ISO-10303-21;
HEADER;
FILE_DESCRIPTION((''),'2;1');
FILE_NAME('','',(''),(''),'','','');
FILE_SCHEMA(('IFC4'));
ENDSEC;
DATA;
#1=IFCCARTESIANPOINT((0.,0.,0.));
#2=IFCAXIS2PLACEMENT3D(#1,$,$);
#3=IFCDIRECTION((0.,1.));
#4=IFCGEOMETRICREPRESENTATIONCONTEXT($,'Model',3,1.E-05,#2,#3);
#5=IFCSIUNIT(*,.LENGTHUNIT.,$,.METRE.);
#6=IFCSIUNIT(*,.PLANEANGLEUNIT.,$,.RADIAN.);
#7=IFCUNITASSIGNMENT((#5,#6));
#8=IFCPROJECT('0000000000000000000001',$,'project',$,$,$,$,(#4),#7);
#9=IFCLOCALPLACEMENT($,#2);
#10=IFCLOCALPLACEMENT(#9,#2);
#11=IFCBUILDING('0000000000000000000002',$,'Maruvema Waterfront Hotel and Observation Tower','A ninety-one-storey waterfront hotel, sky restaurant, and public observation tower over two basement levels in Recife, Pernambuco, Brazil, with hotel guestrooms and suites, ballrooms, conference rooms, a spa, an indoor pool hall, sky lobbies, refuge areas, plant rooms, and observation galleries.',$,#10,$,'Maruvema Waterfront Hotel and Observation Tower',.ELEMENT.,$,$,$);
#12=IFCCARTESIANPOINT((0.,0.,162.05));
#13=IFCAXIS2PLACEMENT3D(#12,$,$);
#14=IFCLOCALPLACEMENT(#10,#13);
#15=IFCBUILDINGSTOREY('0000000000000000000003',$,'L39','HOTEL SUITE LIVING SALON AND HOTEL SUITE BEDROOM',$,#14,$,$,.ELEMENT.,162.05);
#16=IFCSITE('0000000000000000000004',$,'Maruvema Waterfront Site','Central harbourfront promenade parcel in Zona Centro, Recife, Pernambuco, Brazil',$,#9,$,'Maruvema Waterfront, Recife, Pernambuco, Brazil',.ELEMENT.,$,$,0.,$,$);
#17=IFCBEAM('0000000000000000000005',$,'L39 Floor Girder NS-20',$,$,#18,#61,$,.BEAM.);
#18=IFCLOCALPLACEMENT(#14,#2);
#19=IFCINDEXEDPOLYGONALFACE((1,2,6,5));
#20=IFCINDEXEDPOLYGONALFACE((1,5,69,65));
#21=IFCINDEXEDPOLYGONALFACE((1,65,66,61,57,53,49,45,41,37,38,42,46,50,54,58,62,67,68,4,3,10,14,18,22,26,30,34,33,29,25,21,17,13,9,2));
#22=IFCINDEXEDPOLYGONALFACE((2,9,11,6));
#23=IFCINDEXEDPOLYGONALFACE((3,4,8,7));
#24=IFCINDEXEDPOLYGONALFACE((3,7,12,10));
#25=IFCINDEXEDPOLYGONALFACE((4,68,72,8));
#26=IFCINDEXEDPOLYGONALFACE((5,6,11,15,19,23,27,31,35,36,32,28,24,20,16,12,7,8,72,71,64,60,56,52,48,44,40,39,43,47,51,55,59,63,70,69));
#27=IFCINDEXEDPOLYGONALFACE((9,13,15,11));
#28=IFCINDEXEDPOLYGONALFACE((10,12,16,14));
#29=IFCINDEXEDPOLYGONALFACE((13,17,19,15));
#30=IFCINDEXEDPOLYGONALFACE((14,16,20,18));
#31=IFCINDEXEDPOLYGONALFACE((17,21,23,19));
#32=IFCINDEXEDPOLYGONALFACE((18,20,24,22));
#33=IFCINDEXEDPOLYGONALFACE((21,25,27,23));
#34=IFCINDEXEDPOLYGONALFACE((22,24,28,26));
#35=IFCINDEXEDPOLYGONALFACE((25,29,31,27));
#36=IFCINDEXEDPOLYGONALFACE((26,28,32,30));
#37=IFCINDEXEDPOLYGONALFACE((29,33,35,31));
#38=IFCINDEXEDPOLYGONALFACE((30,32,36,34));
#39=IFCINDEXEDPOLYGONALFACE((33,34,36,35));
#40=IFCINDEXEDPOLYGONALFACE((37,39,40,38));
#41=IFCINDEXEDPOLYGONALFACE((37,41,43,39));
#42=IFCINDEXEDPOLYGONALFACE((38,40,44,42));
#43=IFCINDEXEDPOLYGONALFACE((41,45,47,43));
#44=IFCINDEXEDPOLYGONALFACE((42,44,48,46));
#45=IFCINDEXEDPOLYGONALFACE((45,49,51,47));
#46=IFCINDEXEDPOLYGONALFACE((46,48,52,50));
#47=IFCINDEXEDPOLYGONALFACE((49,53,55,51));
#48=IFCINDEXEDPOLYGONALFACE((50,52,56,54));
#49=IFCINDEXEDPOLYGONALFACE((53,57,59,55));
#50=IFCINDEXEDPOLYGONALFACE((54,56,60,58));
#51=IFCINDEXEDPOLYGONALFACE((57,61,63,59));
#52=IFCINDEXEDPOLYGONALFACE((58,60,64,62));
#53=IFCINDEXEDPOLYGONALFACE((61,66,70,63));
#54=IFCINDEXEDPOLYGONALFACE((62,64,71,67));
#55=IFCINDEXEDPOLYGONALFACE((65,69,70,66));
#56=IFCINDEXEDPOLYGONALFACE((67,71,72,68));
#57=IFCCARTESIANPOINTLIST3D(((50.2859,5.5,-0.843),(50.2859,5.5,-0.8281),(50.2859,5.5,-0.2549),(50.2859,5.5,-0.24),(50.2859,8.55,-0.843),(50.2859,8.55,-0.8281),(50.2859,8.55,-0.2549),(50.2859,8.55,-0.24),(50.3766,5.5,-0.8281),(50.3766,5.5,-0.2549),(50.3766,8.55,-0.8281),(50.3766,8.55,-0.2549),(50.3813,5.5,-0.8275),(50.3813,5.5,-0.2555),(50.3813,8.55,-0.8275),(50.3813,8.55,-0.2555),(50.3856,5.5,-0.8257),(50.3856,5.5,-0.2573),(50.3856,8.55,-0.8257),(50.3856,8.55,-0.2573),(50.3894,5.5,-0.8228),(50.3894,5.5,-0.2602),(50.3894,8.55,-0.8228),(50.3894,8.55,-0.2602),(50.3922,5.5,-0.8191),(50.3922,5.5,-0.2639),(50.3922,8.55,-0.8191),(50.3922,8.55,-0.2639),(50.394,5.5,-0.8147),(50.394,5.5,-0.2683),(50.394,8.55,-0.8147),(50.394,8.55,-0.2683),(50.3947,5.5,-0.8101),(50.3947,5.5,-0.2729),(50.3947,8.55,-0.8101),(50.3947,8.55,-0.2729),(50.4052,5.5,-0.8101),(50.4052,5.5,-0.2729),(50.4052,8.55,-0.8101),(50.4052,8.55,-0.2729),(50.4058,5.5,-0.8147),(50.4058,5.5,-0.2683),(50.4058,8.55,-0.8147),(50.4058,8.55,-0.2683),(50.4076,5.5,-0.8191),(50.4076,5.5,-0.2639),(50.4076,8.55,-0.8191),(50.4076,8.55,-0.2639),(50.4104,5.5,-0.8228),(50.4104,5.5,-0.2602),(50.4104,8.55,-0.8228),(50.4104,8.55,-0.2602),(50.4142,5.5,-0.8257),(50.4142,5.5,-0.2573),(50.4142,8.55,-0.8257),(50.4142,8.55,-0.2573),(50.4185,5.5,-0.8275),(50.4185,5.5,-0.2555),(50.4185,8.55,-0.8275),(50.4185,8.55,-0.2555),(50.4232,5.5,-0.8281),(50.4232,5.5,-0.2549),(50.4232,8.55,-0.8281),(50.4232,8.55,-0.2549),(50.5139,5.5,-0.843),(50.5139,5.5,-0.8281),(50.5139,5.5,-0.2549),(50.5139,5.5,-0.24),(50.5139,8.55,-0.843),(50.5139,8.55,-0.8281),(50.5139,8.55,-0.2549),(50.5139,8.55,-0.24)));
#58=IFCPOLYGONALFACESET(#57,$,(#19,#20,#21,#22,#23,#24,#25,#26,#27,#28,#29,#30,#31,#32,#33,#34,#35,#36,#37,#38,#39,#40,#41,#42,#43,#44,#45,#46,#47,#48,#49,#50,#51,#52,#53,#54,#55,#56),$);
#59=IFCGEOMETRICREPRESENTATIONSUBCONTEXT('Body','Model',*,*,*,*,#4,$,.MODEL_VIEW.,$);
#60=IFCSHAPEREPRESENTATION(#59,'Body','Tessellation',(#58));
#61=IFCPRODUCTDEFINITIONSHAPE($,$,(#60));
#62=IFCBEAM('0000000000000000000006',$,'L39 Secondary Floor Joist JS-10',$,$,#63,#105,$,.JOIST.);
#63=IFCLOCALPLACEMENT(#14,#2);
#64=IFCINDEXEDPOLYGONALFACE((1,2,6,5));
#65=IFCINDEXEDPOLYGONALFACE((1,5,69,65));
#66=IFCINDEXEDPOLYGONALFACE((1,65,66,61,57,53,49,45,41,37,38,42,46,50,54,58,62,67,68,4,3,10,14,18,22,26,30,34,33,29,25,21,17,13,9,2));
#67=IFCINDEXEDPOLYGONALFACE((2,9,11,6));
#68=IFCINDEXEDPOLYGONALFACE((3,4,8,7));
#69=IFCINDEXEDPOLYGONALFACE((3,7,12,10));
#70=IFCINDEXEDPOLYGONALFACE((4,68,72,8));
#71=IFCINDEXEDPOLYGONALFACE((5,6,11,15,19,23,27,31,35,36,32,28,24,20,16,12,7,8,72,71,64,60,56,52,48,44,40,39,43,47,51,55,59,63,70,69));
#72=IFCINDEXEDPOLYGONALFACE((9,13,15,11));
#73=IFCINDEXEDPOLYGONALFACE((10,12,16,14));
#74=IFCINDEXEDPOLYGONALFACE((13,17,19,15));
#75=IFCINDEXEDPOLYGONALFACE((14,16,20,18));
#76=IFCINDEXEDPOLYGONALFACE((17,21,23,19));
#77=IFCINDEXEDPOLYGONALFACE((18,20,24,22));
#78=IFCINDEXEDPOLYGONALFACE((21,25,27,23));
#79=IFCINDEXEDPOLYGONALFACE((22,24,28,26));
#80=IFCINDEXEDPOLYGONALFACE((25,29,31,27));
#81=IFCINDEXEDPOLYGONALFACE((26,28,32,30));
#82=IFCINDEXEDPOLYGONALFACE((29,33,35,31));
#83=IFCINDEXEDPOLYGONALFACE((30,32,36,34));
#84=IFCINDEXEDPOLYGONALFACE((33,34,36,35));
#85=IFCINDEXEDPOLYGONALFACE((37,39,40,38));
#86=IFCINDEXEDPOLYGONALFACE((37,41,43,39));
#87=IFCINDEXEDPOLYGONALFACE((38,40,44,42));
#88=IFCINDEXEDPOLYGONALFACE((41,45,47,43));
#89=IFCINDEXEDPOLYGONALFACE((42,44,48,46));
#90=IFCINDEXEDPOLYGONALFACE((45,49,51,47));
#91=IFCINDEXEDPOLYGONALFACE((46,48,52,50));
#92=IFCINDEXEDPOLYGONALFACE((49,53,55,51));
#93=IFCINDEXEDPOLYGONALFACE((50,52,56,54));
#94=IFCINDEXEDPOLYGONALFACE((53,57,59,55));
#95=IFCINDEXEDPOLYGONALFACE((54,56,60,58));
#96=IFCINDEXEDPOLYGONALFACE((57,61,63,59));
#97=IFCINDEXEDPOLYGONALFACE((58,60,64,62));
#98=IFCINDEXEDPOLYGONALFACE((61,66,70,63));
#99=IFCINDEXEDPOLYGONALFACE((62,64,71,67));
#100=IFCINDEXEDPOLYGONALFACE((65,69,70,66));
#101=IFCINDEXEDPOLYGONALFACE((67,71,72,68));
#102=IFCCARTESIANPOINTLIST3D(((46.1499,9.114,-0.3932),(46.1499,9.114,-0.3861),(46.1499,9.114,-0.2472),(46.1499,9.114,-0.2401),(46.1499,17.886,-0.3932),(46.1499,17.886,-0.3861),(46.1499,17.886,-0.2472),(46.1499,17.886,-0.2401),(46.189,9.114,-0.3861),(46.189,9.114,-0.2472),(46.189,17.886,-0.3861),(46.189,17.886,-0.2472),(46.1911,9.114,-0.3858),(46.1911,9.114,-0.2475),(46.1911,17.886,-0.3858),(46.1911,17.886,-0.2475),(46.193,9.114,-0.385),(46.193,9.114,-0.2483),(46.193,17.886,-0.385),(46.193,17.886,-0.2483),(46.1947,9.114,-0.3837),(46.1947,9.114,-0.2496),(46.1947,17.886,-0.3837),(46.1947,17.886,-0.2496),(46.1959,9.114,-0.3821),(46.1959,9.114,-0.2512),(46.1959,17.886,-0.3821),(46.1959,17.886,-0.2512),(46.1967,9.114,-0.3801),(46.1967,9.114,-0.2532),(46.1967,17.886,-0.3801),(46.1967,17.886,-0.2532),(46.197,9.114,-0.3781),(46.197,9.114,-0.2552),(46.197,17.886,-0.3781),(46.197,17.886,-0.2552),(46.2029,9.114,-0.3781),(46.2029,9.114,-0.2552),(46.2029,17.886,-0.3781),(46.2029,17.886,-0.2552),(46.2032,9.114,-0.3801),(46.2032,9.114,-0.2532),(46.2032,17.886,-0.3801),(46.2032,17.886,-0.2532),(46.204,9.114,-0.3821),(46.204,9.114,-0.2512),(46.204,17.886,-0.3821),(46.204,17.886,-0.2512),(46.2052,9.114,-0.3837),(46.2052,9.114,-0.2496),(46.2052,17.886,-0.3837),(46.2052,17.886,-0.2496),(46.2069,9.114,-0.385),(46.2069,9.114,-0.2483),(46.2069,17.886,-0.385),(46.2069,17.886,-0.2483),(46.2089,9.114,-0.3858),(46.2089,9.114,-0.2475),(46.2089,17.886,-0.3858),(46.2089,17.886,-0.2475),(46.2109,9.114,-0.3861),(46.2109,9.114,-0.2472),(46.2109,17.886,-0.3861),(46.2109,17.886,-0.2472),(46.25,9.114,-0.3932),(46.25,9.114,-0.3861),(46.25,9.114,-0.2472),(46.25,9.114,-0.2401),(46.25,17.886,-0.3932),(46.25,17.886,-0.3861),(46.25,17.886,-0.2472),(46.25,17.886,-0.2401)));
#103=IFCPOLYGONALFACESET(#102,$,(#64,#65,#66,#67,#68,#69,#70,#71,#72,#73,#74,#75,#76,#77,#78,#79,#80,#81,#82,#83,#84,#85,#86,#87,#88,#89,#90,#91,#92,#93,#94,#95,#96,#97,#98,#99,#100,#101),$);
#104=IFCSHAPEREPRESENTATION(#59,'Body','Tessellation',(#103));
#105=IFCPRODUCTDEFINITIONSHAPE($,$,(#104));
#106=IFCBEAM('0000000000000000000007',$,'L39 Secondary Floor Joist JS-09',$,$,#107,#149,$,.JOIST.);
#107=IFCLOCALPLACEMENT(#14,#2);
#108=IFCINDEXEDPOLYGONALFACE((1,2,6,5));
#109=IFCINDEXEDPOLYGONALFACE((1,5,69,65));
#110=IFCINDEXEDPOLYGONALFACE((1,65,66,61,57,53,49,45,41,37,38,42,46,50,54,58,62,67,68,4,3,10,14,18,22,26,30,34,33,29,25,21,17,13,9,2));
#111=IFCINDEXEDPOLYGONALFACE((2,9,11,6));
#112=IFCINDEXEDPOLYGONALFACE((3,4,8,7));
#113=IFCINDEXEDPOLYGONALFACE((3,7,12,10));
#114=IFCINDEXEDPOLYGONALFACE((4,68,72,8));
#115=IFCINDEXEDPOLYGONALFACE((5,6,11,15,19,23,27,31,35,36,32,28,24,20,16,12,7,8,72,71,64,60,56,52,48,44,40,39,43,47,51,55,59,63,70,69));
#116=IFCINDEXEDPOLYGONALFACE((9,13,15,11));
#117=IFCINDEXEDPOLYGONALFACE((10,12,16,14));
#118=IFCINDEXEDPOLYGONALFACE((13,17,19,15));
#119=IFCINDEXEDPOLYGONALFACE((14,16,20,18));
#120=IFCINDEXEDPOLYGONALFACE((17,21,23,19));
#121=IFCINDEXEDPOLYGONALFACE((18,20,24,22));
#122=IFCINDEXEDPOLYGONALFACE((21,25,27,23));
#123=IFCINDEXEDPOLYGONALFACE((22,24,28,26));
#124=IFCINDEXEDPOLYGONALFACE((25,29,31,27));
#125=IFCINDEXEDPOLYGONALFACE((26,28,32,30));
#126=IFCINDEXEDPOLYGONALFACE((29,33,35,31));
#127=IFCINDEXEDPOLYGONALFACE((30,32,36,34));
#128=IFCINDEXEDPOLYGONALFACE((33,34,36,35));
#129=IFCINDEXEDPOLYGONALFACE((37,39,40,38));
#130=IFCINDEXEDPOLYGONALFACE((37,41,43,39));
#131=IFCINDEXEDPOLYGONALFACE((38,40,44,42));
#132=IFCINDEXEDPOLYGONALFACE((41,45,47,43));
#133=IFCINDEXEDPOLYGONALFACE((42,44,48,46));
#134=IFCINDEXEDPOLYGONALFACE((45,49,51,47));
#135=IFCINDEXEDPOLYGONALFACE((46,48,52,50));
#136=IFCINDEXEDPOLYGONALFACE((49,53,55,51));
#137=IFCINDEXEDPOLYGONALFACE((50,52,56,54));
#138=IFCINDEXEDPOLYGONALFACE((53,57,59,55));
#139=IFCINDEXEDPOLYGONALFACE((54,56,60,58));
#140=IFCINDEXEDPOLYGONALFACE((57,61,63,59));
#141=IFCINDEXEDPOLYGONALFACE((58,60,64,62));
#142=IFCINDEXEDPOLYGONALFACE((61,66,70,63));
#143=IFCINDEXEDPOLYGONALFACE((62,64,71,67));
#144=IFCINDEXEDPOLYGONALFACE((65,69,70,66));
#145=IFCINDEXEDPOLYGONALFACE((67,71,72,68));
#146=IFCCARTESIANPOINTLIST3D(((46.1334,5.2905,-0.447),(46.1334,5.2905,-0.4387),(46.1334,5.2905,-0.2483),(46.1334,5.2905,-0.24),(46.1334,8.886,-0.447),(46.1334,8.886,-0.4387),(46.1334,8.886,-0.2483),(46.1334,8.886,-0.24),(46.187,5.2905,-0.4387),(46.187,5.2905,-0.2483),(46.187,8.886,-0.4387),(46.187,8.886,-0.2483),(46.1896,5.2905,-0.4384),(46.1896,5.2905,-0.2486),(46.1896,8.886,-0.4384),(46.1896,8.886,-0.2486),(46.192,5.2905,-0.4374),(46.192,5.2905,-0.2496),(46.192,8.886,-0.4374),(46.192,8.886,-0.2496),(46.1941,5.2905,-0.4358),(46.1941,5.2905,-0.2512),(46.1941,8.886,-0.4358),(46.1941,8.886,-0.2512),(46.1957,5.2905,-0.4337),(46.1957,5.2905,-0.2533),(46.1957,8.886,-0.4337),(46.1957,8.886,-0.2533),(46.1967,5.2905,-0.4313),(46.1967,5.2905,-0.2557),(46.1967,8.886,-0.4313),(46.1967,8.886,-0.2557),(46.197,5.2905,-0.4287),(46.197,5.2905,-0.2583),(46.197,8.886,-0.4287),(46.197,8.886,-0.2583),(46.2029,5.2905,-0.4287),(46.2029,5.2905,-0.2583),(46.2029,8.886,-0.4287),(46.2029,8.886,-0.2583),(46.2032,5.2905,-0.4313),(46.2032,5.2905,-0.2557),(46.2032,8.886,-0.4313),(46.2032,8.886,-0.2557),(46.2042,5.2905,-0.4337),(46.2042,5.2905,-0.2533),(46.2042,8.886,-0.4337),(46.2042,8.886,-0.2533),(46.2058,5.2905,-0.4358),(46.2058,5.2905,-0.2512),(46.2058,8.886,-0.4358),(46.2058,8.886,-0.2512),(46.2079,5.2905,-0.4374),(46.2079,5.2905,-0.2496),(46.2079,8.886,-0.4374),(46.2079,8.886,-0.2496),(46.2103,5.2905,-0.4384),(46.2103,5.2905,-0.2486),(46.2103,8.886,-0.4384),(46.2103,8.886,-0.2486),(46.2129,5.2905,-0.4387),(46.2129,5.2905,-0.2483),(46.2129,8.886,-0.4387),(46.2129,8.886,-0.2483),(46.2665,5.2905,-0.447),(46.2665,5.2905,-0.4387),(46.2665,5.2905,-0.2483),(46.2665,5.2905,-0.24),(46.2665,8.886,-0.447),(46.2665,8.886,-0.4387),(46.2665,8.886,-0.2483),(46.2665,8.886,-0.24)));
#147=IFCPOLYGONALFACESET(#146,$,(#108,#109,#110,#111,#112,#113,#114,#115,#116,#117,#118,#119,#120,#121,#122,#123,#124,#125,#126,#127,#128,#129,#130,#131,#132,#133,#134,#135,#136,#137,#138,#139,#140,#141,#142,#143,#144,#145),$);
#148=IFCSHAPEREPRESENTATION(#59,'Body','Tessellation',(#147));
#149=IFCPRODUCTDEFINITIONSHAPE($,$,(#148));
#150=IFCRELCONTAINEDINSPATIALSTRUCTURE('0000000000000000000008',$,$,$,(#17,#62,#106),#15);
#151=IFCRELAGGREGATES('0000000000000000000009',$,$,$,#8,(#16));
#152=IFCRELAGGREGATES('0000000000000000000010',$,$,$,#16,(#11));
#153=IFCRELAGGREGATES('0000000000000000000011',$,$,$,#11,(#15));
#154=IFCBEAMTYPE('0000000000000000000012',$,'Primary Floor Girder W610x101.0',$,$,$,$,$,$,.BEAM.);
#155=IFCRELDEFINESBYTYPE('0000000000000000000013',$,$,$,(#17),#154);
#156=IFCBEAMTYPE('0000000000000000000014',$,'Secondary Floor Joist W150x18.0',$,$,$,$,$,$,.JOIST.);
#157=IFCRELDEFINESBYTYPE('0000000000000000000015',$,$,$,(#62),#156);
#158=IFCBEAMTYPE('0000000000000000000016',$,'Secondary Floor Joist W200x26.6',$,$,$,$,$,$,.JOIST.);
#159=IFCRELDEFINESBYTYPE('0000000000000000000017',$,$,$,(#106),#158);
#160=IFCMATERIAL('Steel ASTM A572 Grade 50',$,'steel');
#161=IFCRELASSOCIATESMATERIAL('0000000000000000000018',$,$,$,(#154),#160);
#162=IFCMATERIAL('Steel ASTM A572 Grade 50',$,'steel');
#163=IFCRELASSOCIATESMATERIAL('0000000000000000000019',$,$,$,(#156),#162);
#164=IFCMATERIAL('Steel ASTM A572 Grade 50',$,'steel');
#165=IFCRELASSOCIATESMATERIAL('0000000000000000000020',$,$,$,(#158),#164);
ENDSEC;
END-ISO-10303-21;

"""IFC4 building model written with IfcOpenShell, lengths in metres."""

from ifc_helpers import new_model, si_unit, direction, frame, origin, origin_2d, place, context, subcontext, project, spatial, i_section, extrude, material, material_profile, profile_set, type_object, element, save


model = new_model("IFC4")

# Units and contexts
model_context = context("Model", 3, precision=1e-05, world=origin(), true_north=direction((0.0, 1.0)))
body_context = subcontext(model_context, "Body", "Model", "MODEL_VIEW")
ifc_project = project(units=[si_unit("LENGTHUNIT", "METRE"), si_unit("PLANEANGLEUNIT", "RADIAN")], contexts=[model_context])

# Site, building, storey
site_placement = place(None, origin())
site = spatial("IfcSite", under=ifc_project, at=site_placement, Name="Maruvema Waterfront Site", Description="Central harbourfront promenade parcel in Zona Centro, Recife, Pernambuco, Brazil", LongName="Maruvema Waterfront, Recife, Pernambuco, Brazil", CompositionType="ELEMENT", RefElevation=0.0)
building_placement = place(site_placement, origin())
building = spatial("IfcBuilding", under=site, at=building_placement, Name="Maruvema Waterfront Hotel and Observation Tower", Description="A ninety-one-storey waterfront hotel, sky restaurant, and public observation tower over two basement levels in Recife, Pernambuco, Brazil, with hotel guestrooms and suites, ballrooms, conference rooms, a spa, an indoor pool hall, sky lobbies, refuge areas, plant rooms, and observation galleries.", LongName="Maruvema Waterfront Hotel and Observation Tower", CompositionType="ELEMENT")
storey_placement = place(building_placement, frame((0.0, 0.0, 162.05)))
storey = spatial("IfcBuildingStorey", under=building, at=storey_placement, Name="L39", Description="HOTEL SUITE LIVING SALON AND HOTEL SUITE BEDROOM", CompositionType="ELEMENT", Elevation=162.05)

# Beams
ifc_material_1 = material(Name="Steel ASTM A572 Grade 50", Category="steel")
ifc_material_profile_1 = material_profile(ifc_material_1, i_section(OverallWidth=0.228, OverallDepth=0.603, WebThickness=0.0105, FlangeThickness=0.0149, FilletRadius=0.0181, at=origin_2d()), Name="W610x101.0")
ifc_profile_set_1 = profile_set([ifc_material_profile_1], Name="Steel ASTM A572 Grade 50")
beam_type_1 = type_object("IfcBeamType", Name="Primary Floor Girder W610x101.0", PredefinedType="BEAM", material=ifc_profile_set_1)
beam_1_placement = place(storey_placement, frame((50.3999, 5.5, -0.5415), z_axis=(0.0, 1.0, 0.0), x_axis=(-1.0, 0.0, 0.0)))
element("IfcBeam", 1, at=beam_1_placement, inside=storey, type_object=beam_type_1, Name="L39 Floor Girder NS-20", PredefinedType="BEAM", context=body_context, shape_type="SweptSolid", body=[
    extrude(i_section(OverallWidth=0.228, OverallDepth=0.603, WebThickness=0.0105, FlangeThickness=0.0149, FilletRadius=0.0181, at=origin_2d()), origin(), (0.0, 0.0, 1.0), 3.05),
])
ifc_material_2 = material(Name="Steel ASTM A572 Grade 50", Category="steel")
ifc_material_profile_2 = material_profile(ifc_material_2, i_section(OverallWidth=0.1001, OverallDepth=0.1531, WebThickness=0.0059, FlangeThickness=0.0071, FilletRadius=0.0081, at=origin_2d()), Name="W150x18.0")
ifc_profile_set_2 = profile_set([ifc_material_profile_2], Name="Steel ASTM A572 Grade 50")
beam_type_2 = type_object("IfcBeamType", Name="Secondary Floor Joist W150x18.0", PredefinedType="JOIST", material=ifc_profile_set_2)
beam_2_placement = place(storey_placement, frame((46.2, 9.114, -0.3167), z_axis=(0.0, 1.0, 0.0), x_axis=(-1.0, 0.0, 0.0)))
element("IfcBeam", 2, at=beam_2_placement, inside=storey, type_object=beam_type_2, Name="L39 Secondary Floor Joist JS-10", PredefinedType="JOIST", context=body_context, shape_type="SweptSolid", body=[
    extrude(i_section(OverallWidth=0.1001, OverallDepth=0.1531, WebThickness=0.0059, FlangeThickness=0.0071, FilletRadius=0.0081, at=origin_2d()), origin(), (0.0, 0.0, 1.0), 8.772),
])
ifc_material_3 = material(Name="Steel ASTM A572 Grade 50", Category="steel")
ifc_material_profile_3 = material_profile(ifc_material_3, i_section(OverallWidth=0.1331, OverallDepth=0.207, WebThickness=0.0059, FlangeThickness=0.0083, FilletRadius=0.01, at=origin_2d()), Name="W200x26.6")
ifc_profile_set_3 = profile_set([ifc_material_profile_3], Name="Steel ASTM A572 Grade 50")
beam_type_3 = type_object("IfcBeamType", Name="Secondary Floor Joist W200x26.6", PredefinedType="JOIST", material=ifc_profile_set_3)
beam_3_placement = place(storey_placement, frame((46.2, 5.2905, -0.3435), z_axis=(0.0, 1.0, 0.0), x_axis=(-1.0, 0.0, 0.0)))
element("IfcBeam", 3, at=beam_3_placement, inside=storey, type_object=beam_type_3, Name="L39 Secondary Floor Joist JS-09", PredefinedType="JOIST", context=body_context, shape_type="SweptSolid", body=[
    extrude(i_section(OverallWidth=0.1331, OverallDepth=0.207, WebThickness=0.0059, FlangeThickness=0.0083, FilletRadius=0.01, at=origin_2d()), origin(), (0.0, 0.0, 1.0), 3.5955),
])

save(model, "model.ifc")
